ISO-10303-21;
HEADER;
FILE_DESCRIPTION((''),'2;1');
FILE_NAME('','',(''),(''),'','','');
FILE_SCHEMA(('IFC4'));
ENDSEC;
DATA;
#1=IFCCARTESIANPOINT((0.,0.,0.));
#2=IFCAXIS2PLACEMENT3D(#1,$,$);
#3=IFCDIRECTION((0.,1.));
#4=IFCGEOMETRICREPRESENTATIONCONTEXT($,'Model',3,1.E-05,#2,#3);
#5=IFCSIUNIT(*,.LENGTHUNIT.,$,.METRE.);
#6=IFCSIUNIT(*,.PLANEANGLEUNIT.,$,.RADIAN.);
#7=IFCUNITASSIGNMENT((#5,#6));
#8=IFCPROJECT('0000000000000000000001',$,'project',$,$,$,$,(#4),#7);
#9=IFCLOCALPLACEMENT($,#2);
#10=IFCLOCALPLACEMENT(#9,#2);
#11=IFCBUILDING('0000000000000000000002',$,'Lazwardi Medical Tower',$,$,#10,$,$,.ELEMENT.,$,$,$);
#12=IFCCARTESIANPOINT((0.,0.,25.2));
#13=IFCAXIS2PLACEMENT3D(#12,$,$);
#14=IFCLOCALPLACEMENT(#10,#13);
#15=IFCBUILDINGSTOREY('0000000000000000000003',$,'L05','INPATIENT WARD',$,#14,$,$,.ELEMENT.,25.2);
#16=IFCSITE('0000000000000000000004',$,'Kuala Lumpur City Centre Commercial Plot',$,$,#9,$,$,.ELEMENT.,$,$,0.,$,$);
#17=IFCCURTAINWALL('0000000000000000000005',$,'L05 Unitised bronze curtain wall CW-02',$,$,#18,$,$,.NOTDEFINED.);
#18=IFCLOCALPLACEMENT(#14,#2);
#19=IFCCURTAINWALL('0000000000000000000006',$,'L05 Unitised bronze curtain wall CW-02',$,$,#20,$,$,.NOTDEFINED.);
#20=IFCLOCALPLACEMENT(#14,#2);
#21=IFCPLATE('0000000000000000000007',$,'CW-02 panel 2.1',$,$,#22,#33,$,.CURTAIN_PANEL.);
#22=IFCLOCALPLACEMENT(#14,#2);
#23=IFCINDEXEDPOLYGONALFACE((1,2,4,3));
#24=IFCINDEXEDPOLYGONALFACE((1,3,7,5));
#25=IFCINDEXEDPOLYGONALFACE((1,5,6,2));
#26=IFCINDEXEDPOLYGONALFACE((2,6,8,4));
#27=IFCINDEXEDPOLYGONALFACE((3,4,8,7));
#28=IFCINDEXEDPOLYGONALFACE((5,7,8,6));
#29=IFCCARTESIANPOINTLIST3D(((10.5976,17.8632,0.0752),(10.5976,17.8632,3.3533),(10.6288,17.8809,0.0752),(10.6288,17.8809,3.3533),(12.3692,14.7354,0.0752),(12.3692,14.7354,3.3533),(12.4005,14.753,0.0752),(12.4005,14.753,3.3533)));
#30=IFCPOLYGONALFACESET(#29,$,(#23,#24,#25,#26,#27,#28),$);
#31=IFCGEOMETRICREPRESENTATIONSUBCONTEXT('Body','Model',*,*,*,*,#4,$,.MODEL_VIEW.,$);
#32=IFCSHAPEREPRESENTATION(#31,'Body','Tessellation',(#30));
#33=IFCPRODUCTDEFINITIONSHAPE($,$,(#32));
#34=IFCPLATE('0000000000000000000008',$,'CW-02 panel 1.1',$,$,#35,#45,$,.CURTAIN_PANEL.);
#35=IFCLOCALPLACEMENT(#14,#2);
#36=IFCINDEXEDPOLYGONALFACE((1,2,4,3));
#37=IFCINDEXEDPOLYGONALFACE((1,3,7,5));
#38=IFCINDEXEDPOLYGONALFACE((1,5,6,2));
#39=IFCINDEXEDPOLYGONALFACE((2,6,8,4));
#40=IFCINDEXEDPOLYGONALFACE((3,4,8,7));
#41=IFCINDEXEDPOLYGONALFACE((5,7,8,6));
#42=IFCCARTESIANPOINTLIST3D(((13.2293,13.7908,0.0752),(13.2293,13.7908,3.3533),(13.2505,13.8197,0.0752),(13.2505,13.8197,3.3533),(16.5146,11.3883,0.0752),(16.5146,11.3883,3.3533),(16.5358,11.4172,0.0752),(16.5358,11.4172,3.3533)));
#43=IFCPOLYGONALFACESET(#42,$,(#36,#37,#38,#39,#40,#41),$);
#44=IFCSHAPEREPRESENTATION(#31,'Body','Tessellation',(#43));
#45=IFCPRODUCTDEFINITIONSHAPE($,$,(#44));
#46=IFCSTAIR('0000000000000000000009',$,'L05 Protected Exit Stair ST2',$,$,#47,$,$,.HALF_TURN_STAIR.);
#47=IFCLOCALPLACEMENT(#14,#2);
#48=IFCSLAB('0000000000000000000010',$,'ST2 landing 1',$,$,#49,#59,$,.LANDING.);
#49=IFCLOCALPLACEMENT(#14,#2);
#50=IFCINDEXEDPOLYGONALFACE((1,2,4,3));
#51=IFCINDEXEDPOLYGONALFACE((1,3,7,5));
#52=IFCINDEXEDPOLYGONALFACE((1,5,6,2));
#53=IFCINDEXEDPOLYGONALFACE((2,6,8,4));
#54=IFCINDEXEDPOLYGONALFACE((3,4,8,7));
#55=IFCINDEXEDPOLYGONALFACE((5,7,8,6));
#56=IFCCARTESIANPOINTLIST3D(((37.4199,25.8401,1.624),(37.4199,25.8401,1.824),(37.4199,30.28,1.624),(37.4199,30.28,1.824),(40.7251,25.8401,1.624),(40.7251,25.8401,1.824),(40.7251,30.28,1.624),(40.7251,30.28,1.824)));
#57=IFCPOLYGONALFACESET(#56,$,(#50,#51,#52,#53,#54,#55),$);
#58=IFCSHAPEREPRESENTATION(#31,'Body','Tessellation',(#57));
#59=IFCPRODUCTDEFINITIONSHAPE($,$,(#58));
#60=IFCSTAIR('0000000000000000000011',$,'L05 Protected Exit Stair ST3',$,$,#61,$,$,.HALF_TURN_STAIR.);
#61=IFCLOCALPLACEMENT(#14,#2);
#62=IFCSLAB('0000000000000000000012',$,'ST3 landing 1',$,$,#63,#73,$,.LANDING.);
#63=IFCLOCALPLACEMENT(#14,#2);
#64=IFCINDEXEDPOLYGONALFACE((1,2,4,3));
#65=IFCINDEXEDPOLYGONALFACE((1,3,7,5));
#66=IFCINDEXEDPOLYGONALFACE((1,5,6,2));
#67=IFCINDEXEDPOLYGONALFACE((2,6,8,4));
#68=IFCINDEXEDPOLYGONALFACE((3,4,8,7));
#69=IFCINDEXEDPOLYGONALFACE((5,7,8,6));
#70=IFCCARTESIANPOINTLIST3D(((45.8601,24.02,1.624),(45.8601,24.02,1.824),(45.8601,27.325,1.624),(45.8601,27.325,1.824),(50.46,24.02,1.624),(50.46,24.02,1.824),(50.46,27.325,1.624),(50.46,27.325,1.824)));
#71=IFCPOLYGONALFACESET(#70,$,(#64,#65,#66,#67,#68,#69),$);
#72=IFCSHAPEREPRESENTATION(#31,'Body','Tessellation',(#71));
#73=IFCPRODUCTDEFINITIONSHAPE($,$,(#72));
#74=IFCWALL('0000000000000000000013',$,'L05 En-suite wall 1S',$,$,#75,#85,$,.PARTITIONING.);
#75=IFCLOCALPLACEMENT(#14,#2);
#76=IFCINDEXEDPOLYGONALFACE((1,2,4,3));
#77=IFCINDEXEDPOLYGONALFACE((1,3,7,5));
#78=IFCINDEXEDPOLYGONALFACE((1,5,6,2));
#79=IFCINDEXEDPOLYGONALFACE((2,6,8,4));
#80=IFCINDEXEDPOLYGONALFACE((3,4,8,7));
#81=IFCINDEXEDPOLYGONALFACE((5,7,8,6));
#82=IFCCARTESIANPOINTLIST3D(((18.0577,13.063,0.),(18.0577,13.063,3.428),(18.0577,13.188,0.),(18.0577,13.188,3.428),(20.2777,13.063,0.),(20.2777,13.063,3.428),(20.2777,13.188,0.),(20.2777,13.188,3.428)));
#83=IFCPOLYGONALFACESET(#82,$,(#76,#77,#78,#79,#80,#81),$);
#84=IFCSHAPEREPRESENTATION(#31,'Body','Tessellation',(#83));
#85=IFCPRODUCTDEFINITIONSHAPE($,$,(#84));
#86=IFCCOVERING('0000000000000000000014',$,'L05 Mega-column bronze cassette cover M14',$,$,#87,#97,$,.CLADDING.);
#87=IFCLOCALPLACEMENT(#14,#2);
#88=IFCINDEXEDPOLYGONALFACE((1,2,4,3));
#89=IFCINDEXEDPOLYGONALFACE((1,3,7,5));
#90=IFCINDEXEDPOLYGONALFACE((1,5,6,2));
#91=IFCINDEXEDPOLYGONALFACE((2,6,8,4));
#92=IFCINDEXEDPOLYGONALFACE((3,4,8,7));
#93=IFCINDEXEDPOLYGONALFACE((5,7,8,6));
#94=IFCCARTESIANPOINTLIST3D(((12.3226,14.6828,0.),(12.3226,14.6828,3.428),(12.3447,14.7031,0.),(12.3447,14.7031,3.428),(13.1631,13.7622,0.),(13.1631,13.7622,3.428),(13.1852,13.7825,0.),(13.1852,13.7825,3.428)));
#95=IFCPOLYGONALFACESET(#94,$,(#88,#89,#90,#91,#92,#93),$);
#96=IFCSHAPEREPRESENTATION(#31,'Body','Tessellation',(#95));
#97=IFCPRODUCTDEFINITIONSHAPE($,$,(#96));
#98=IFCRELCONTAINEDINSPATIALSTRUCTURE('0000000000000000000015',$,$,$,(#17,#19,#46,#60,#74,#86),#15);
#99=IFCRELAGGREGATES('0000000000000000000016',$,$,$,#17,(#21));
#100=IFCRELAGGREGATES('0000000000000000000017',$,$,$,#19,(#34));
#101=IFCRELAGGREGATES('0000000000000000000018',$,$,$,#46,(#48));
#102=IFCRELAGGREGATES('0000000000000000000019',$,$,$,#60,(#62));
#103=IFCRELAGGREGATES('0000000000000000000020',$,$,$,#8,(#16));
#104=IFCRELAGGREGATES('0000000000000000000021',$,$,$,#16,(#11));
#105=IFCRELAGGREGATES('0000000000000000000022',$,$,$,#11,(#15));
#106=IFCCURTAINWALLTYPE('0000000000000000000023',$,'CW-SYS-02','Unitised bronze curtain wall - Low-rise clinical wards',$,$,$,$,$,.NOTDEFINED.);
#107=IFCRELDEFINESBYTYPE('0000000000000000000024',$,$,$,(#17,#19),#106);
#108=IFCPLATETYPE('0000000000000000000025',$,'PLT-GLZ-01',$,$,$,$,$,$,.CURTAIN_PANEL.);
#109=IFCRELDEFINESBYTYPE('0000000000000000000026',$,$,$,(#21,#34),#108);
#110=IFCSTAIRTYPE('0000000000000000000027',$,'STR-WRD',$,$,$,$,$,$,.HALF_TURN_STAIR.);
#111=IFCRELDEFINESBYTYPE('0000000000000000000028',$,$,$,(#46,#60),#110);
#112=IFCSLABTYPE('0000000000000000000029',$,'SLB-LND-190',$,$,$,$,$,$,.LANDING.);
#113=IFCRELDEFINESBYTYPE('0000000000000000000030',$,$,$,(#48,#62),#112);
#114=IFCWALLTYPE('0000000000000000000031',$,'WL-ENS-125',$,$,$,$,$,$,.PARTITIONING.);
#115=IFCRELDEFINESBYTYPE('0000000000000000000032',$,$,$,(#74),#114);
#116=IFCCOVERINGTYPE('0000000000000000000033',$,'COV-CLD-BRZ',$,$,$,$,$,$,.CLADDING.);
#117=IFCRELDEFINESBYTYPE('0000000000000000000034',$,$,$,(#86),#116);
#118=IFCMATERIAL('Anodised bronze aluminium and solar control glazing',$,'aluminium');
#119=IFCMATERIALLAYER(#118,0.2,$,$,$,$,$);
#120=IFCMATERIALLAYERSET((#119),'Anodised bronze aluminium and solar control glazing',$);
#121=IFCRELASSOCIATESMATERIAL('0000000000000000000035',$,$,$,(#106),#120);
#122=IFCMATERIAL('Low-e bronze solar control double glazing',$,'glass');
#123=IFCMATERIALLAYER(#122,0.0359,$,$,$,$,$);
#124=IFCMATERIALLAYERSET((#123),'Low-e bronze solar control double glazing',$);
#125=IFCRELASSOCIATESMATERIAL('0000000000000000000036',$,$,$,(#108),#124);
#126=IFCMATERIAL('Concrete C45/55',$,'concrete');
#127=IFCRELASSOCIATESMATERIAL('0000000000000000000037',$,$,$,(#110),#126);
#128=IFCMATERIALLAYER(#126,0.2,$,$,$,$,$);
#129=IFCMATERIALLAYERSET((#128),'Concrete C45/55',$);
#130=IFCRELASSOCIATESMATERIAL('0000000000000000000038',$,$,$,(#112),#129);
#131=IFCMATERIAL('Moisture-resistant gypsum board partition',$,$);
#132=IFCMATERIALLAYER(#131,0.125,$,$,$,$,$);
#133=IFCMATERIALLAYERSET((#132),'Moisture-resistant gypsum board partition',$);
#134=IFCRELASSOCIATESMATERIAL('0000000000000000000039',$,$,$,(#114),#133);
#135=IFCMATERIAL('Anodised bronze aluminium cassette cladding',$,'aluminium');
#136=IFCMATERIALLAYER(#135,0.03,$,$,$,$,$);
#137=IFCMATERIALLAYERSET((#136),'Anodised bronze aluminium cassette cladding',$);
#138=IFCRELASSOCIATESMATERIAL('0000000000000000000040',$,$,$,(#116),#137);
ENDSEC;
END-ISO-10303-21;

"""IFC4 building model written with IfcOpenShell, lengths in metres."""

from ifc_helpers import new_model, si_unit, direction, frame, frame_2d, origin, origin_2d, place, context, subcontext, project, spatial, polyline, rectangle, outline, extrude, material, layer, layer_set, type_object, element, aggregate, save


model = new_model("IFC4")

# Units and contexts
model_context = context("Model", 3, precision=1e-05, world=origin(), true_north=direction((0.0, 1.0)))
body_context = subcontext(model_context, "Body", "Model", "MODEL_VIEW")
ifc_project = project(units=[si_unit("LENGTHUNIT", "METRE"), si_unit("PLANEANGLEUNIT", "RADIAN")], contexts=[model_context])

# Site, building, storey
site_placement = place(None, origin())
site = spatial("IfcSite", under=ifc_project, at=site_placement, Name="Kuala Lumpur City Centre Commercial Plot", CompositionType="ELEMENT", RefElevation=0.0)
building_placement = place(site_placement, origin())
building = spatial("IfcBuilding", under=site, at=building_placement, Name="Lazwardi Medical Tower", CompositionType="ELEMENT")
storey_placement = place(building_placement, frame((0.0, 0.0, 25.2)))
storey = spatial("IfcBuildingStorey", under=building, at=storey_placement, Name="L05", Description="INPATIENT WARD", CompositionType="ELEMENT", Elevation=25.2)

# Curtain walls
ifc_material_1 = material(Name="Anodised bronze aluminium and solar control glazing", Category="aluminium")
ifc_layer_1 = layer(ifc_material_1, 0.2)
ifc_layer_set_1 = layer_set([ifc_layer_1], Name="Anodised bronze aluminium and solar control glazing")
curtain_wall_type = type_object("IfcCurtainWallType", Name="CW-SYS-02", Description="Unitised bronze curtain wall - Low-rise clinical wards", PredefinedType="NOTDEFINED", material=ifc_layer_set_1)
curtain_wall_1_placement = place(storey_placement, origin())
curtain_wall_1 = element("IfcCurtainWall", 1, at=curtain_wall_1_placement, inside=storey, type_object=curtain_wall_type, Name="L05 Unitised bronze curtain wall CW-02", PredefinedType="NOTDEFINED")
curtain_wall_2_placement = place(storey_placement, origin())
curtain_wall_2 = element("IfcCurtainWall", 2, at=curtain_wall_2_placement, inside=storey, type_object=curtain_wall_type, Name="L05 Unitised bronze curtain wall CW-02", PredefinedType="NOTDEFINED")

# Plates
ifc_material_2 = material(Name="Low-e bronze solar control double glazing", Category="glass")
ifc_layer_2 = layer(ifc_material_2, 0.0359)
ifc_layer_set_2 = layer_set([ifc_layer_2], Name="Low-e bronze solar control double glazing")
plate_type = type_object("IfcPlateType", Name="PLT-GLZ-01", PredefinedType="CURTAIN_PANEL", material=ifc_layer_set_2)
plate_1_placement = place(storey_placement, frame((11.499, 16.3081, 0.0752), z_axis=(0.0, 0.0, 1.0), x_axis=(0.492854, -0.870112, 0.0)))
plate_1 = element("IfcPlate", 3, at=plate_1_placement, type_object=plate_type, Name="CW-02 panel 2.1", PredefinedType="CURTAIN_PANEL", context=body_context, shape_type="SweptSolid", body=[
    extrude(rectangle(XDim=3.5947, YDim=0.0359, at=origin_2d()), origin(), (0.0, 0.0, 1.0), 3.2781),
])
aggregate(curtain_wall_1, [plate_1])
plate_2_placement = place(storey_placement, frame((14.8826, 12.604, 0.0752), z_axis=(0.0, 0.0, 1.0), x_axis=(0.807192, -0.590289, 0.0)))
plate_2 = element("IfcPlate", 4, at=plate_2_placement, type_object=plate_type, Name="CW-02 panel 1.1", PredefinedType="CURTAIN_PANEL", context=body_context, shape_type="SweptSolid", body=[
    extrude(rectangle(XDim=4.0701, YDim=0.0359, at=origin_2d()), origin(), (0.0, 0.0, 1.0), 3.2781),
])
aggregate(curtain_wall_2, [plate_2])

# Stairs, slabs
ifc_material_3 = material(Name="Concrete C45/55", Category="concrete")
stair_type = type_object("IfcStairType", Name="STR-WRD", PredefinedType="HALF_TURN_STAIR", material=ifc_material_3)
stair_1_placement = place(storey_placement, origin())
stair_1 = element("IfcStair", 5, at=stair_1_placement, inside=storey, type_object=stair_type, Name="L05 Protected Exit Stair ST2", PredefinedType="HALF_TURN_STAIR")
ifc_layer_3 = layer(ifc_material_3, 0.2)
ifc_layer_set_3 = layer_set([ifc_layer_3], Name="Concrete C45/55")
slab_type = type_object("IfcSlabType", Name="SLB-LND-190", PredefinedType="LANDING", material=ifc_layer_set_3)
slab_1_placement = place(storey_placement, frame((0.0, 0.0, 1.624)))
slab_1 = element("IfcSlab", 6, at=slab_1_placement, type_object=slab_type, Name="ST2 landing 1", PredefinedType="LANDING", context=body_context, shape_type="SweptSolid", body=[
    extrude(outline(polyline([(40.7251, 30.28), (37.4199, 30.28), (37.4199, 25.8401), (40.7251, 25.8401), (40.7251, 30.28)])), origin(), (0.0, 0.0, 1.0), 0.2),
])
aggregate(stair_1, [slab_1])
stair_2_placement = place(storey_placement, origin())
stair_2 = element("IfcStair", 7, at=stair_2_placement, inside=storey, type_object=stair_type, Name="L05 Protected Exit Stair ST3", PredefinedType="HALF_TURN_STAIR")
slab_2_placement = place(storey_placement, frame((0.0, 0.0, 1.624)))
slab_2 = element("IfcSlab", 8, at=slab_2_placement, type_object=slab_type, Name="ST3 landing 1", PredefinedType="LANDING", context=body_context, shape_type="SweptSolid", body=[
    extrude(outline(polyline([(45.8601, 27.325), (45.8601, 24.02), (50.46, 24.02), (50.46, 27.325), (45.8601, 27.325)])), origin(), (0.0, 0.0, 1.0), 0.2),
])
aggregate(stair_2, [slab_2])

# Wall
ifc_material_4 = material(Name="Moisture-resistant gypsum board partition")
ifc_layer_4 = layer(ifc_material_4, 0.125)
ifc_layer_set_4 = layer_set([ifc_layer_4], Name="Moisture-resistant gypsum board partition")
wall_type = type_object("IfcWallType", Name="WL-ENS-125", PredefinedType="PARTITIONING", material=ifc_layer_set_4)
wall_placement = place(storey_placement, frame((18.0579, 13.1255, 0.0), z_axis=(0.0, 0.0, 1.0), x_axis=(1.0, 0.0, 0.0)))
element("IfcWall", 9, at=wall_placement, inside=storey, type_object=wall_type, Name="L05 En-suite wall 1S", PredefinedType="PARTITIONING", context=body_context, shape_type="SweptSolid", body=[
    extrude(rectangle(XDim=2.22, YDim=0.125, at=frame_2d((1.1099, 0.0))), origin(), (0.0, 0.0, 1.0), 3.428),
])

# Covering
ifc_material_5 = material(Name="Anodised bronze aluminium cassette cladding", Category="aluminium")
ifc_layer_5 = layer(ifc_material_5, 0.03)
ifc_layer_set_5 = layer_set([ifc_layer_5], Name="Anodised bronze aluminium cassette cladding")
covering_type = type_object("IfcCoveringType", Name="COV-CLD-BRZ", PredefinedType="CLADDING", material=ifc_layer_set_5)
covering_placement = place(storey_placement, frame((12.7539, 14.2327, 0.0), z_axis=(0.0, 0.0, 1.0), x_axis=(0.674252, -0.738501, 0.0)))
element("IfcCovering", 10, at=covering_placement, inside=storey, type_object=covering_type, Name="L05 Mega-column bronze cassette cover M14", PredefinedType="CLADDING", context=body_context, shape_type="SweptSolid", body=[
    extrude(rectangle(XDim=1.2466, YDim=0.03, at=origin_2d()), origin(), (0.0, 0.0, 1.0), 3.428),
])

save(model, "model.ifc")
